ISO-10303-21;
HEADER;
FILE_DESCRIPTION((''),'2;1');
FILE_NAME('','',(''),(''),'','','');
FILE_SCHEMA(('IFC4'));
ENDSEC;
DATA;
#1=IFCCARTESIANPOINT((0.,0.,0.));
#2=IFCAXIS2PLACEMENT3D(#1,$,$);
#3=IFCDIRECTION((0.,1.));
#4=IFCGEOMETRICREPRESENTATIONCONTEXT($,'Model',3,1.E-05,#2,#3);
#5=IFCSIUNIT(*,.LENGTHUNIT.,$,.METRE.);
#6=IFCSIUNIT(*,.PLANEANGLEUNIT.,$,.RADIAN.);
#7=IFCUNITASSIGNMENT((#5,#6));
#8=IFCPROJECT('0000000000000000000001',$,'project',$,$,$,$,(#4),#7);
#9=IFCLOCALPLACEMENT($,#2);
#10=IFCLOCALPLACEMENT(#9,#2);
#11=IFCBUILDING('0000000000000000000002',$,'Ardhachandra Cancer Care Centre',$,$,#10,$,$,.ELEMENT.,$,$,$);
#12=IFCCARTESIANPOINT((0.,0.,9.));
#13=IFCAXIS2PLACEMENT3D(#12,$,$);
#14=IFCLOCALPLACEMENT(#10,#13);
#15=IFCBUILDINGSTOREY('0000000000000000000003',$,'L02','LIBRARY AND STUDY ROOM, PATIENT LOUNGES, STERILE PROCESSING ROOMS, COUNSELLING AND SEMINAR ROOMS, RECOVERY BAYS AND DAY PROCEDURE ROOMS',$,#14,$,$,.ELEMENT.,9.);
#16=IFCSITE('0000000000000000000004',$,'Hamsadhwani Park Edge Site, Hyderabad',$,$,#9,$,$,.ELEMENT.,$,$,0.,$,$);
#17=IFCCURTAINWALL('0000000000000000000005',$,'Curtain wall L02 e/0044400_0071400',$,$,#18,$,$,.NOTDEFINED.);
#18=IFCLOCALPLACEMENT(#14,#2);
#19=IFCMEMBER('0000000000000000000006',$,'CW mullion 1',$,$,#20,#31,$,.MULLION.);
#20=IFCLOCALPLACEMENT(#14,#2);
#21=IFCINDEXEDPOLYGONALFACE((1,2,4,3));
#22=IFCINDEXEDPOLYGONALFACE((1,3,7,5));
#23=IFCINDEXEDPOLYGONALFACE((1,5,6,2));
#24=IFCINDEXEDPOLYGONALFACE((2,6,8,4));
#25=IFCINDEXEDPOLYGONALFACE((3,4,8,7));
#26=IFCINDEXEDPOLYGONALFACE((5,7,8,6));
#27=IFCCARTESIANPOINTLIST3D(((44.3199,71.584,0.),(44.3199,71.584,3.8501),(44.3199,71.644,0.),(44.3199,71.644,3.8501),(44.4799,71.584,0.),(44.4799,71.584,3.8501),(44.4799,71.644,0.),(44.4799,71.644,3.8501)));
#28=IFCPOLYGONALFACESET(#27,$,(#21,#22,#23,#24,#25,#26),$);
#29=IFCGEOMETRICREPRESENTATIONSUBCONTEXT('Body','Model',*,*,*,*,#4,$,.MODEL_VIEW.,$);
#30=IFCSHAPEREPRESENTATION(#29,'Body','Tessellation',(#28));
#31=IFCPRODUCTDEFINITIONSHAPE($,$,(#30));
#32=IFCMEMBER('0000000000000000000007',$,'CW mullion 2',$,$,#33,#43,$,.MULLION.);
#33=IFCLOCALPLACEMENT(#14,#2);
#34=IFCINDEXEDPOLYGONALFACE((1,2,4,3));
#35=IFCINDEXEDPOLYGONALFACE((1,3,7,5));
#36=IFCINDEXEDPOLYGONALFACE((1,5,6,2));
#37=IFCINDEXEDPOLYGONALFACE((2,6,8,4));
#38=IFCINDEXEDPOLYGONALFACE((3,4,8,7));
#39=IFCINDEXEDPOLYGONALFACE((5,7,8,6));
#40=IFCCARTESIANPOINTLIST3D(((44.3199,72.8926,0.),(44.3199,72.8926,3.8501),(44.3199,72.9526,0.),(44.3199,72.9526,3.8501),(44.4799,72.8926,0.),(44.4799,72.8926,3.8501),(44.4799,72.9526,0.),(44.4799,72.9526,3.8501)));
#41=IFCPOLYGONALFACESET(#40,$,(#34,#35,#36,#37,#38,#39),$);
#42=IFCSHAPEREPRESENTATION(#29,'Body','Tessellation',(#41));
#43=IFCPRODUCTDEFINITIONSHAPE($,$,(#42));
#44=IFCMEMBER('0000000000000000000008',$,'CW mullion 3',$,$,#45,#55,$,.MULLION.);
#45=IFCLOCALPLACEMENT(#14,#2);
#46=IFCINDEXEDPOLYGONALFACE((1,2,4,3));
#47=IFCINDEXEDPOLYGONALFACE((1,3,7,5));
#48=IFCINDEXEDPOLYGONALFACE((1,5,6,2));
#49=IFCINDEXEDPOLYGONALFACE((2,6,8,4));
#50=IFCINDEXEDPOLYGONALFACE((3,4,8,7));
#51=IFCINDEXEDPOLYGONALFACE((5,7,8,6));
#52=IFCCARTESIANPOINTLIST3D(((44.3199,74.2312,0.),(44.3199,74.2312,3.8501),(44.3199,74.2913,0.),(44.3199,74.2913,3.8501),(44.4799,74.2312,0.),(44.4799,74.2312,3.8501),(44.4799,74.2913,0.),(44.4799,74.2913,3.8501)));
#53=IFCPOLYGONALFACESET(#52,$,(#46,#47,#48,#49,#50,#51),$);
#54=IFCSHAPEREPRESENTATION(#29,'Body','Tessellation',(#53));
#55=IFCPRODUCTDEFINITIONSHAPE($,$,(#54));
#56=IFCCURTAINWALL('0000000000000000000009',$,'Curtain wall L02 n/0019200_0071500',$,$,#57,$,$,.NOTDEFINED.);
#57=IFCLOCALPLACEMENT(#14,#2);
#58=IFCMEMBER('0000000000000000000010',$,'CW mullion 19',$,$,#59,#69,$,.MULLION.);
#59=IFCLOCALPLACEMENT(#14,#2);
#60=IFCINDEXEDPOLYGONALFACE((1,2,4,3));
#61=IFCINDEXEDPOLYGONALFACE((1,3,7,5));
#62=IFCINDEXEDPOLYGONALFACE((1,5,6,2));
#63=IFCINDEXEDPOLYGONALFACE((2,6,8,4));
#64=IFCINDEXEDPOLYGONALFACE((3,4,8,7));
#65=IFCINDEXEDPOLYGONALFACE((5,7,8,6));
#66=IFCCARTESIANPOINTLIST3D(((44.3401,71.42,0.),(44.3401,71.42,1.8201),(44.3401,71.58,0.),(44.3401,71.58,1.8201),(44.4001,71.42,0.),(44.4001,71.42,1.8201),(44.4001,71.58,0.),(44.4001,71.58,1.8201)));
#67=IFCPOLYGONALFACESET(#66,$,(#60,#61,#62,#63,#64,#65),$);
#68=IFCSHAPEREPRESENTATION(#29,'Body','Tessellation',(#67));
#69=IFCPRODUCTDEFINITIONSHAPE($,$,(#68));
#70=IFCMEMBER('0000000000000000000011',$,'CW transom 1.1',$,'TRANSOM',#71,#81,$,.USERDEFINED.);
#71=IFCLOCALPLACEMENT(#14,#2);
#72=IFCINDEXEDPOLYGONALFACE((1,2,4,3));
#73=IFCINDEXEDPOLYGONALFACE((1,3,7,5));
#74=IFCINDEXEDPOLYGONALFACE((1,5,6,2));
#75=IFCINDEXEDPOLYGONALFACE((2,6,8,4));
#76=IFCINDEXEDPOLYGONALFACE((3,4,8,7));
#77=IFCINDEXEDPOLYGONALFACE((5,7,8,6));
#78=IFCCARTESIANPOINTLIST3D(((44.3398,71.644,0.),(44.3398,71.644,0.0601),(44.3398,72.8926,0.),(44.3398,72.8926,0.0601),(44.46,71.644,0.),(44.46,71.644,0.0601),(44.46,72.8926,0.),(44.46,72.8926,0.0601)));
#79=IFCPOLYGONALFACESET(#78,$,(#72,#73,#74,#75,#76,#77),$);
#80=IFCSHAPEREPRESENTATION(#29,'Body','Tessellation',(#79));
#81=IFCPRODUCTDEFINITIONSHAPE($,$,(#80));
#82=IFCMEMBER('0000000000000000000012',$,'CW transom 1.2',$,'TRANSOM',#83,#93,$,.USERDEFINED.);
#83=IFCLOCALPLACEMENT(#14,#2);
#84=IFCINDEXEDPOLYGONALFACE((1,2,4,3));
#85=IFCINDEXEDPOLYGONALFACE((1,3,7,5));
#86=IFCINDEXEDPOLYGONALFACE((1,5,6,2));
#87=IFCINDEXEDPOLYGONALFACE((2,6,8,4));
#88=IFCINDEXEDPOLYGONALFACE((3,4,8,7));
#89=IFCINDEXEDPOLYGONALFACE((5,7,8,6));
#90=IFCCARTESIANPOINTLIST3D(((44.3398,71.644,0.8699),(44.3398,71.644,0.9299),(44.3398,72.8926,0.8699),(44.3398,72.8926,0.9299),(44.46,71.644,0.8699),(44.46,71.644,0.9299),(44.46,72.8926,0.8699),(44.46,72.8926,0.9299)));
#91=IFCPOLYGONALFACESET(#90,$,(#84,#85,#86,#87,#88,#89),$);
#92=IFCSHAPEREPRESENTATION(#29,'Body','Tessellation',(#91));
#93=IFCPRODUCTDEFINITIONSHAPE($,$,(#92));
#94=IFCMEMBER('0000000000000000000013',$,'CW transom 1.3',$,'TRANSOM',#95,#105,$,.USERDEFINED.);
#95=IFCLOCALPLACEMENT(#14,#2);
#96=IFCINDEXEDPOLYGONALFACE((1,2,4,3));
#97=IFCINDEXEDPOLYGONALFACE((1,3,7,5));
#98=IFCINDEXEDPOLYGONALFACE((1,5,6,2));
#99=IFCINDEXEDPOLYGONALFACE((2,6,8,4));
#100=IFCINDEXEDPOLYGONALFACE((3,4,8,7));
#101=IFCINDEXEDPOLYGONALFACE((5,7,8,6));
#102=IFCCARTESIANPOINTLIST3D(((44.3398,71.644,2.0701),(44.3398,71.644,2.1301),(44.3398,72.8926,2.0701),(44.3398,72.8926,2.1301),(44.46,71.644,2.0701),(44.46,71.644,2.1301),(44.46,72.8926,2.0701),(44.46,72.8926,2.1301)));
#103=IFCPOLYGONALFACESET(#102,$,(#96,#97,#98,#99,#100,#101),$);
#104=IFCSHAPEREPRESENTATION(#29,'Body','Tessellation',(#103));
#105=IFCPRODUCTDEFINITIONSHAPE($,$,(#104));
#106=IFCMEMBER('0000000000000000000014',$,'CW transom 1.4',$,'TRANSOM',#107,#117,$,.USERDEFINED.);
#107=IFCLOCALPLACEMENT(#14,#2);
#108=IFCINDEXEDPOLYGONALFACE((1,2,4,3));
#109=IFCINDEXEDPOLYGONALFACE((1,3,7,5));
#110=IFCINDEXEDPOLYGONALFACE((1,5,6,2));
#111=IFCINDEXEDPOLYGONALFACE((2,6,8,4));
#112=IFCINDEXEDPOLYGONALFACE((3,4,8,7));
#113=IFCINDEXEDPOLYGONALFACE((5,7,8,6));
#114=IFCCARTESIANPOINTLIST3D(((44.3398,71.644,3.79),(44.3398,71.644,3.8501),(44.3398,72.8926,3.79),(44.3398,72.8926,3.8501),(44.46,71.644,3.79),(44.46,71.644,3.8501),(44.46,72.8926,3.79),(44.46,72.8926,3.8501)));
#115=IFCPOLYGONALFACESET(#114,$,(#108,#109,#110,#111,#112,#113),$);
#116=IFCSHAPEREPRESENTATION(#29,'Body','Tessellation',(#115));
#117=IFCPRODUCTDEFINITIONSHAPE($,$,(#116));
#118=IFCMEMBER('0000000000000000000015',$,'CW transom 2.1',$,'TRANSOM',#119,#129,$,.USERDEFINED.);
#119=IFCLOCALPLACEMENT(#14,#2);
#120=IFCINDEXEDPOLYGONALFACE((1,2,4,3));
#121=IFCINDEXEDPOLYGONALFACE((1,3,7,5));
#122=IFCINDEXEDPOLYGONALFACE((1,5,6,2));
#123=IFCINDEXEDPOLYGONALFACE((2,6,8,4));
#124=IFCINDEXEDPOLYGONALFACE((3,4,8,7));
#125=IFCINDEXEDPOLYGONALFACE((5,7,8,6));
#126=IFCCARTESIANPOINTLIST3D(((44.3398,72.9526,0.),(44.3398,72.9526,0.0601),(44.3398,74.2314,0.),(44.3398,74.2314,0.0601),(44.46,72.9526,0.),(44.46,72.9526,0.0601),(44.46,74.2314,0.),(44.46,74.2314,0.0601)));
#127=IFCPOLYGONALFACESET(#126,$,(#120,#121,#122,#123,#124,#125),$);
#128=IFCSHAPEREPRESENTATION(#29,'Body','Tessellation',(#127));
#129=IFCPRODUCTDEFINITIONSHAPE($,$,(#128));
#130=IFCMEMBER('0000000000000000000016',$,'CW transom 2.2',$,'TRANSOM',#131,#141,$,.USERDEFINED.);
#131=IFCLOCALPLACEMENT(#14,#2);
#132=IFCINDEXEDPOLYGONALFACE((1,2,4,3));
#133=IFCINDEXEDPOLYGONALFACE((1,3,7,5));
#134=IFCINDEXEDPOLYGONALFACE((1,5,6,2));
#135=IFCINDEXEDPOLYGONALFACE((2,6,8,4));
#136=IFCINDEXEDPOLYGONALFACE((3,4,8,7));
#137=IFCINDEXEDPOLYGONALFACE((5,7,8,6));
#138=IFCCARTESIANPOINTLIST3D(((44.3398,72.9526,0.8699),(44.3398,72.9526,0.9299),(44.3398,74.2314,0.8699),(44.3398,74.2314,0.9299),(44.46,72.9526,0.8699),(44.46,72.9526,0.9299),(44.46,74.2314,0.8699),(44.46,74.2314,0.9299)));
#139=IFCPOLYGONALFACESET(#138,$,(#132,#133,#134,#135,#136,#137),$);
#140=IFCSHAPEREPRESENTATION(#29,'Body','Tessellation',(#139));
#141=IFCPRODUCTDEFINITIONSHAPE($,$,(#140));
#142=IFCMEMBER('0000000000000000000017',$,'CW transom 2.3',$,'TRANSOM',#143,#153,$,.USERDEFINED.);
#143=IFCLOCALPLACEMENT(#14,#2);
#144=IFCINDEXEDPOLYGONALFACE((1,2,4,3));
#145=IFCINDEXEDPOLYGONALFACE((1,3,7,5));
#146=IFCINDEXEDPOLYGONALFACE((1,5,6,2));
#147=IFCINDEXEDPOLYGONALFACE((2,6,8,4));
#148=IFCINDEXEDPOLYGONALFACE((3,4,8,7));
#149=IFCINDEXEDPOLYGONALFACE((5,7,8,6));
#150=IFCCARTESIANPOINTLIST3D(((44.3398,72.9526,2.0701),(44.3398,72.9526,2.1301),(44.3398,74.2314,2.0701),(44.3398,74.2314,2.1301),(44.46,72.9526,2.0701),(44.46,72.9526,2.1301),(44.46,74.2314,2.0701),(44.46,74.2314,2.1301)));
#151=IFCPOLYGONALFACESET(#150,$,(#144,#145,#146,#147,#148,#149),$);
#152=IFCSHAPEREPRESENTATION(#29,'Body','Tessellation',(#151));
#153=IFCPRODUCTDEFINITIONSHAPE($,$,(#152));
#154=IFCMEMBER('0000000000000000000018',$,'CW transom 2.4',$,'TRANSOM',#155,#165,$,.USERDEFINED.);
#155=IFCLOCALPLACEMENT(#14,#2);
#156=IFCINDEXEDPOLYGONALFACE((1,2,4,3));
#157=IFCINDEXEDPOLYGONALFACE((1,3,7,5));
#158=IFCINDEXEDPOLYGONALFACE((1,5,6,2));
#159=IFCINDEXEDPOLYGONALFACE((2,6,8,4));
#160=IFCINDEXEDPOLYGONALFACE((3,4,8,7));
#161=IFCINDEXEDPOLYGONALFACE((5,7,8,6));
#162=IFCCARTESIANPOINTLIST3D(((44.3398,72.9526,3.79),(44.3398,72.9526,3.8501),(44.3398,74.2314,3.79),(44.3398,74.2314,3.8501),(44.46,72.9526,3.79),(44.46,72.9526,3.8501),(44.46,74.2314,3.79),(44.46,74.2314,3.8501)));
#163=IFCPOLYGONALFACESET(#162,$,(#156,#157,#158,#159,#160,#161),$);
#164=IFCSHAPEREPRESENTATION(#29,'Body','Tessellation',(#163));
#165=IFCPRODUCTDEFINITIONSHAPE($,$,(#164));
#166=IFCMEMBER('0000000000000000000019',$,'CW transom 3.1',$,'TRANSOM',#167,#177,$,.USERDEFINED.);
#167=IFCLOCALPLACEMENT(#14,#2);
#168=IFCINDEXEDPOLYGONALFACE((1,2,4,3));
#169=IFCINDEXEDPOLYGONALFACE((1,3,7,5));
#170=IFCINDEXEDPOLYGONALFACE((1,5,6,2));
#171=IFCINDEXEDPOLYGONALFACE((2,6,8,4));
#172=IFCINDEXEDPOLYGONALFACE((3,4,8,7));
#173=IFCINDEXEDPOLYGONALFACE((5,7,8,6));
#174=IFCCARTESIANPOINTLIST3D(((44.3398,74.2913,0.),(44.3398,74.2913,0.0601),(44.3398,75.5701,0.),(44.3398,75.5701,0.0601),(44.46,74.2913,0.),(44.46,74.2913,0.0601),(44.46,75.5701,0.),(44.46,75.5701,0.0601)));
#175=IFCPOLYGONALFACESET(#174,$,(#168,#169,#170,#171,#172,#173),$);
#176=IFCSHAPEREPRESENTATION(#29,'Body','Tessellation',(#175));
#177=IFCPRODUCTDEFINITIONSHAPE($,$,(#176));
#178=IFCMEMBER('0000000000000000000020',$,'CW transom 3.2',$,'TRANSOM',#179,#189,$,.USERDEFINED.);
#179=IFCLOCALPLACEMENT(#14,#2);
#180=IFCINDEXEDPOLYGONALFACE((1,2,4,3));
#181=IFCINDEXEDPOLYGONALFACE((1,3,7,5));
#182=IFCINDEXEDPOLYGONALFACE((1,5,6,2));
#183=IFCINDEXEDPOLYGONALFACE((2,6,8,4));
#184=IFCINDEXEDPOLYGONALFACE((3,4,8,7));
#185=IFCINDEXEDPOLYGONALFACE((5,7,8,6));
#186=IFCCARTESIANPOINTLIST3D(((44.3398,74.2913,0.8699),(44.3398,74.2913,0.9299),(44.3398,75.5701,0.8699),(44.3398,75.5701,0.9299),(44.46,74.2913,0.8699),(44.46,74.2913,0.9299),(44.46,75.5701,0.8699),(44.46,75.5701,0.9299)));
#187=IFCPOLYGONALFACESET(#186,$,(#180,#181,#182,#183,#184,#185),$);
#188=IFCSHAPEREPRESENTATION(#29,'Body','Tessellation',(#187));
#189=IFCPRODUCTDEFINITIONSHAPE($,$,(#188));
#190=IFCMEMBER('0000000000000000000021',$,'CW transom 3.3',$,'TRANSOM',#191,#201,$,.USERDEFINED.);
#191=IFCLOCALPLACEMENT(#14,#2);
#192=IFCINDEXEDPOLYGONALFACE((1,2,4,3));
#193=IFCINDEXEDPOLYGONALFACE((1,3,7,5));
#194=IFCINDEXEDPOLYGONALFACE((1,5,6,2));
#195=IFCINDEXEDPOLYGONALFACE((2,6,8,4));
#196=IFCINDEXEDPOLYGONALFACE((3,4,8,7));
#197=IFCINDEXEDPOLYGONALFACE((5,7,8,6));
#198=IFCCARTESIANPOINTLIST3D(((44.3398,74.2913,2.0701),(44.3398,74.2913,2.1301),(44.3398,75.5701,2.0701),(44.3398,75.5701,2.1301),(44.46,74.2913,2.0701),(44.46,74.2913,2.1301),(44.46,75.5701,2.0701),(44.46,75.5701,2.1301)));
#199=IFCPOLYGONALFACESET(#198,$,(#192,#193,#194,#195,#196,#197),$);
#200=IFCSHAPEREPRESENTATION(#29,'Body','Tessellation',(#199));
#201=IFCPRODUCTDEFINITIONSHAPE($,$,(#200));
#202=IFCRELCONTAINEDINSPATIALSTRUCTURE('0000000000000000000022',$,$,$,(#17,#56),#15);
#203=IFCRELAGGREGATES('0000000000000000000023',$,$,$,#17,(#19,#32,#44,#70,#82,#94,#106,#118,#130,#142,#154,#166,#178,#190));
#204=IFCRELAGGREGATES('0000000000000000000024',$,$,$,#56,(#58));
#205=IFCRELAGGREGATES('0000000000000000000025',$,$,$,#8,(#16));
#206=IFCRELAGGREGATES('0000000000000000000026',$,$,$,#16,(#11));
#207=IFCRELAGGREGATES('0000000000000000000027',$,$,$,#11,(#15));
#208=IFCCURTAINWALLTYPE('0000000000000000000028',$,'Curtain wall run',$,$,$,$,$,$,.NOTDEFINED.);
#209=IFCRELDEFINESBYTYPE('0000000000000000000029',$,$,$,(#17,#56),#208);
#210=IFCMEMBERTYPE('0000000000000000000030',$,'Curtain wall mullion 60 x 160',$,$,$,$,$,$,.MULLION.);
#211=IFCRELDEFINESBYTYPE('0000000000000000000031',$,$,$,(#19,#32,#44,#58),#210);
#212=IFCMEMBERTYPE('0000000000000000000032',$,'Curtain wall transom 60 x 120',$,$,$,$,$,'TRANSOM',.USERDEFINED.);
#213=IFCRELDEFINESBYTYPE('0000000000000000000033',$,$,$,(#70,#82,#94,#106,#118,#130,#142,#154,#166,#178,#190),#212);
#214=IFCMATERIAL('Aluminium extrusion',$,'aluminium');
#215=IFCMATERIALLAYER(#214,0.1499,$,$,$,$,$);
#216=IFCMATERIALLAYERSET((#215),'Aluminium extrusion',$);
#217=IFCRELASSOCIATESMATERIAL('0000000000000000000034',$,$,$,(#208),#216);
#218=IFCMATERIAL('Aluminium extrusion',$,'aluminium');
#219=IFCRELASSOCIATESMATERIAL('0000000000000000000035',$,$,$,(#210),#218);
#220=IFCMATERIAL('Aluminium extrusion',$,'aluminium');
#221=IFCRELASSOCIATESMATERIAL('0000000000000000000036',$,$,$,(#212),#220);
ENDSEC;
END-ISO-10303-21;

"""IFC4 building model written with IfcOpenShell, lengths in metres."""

from ifc_helpers import new_model, si_unit, direction, frame, origin, origin_2d, place, context, subcontext, project, spatial, rectangle, extrude, material, layer, layer_set, material_profile, profile_set, type_object, element, aggregate, save


model = new_model("IFC4")

# Units and contexts
model_context = context("Model", 3, precision=1e-05, world=origin(), true_north=direction((0.0, 1.0)))
body_context = subcontext(model_context, "Body", "Model", "MODEL_VIEW")
ifc_project = project(units=[si_unit("LENGTHUNIT", "METRE"), si_unit("PLANEANGLEUNIT", "RADIAN")], contexts=[model_context])

# Site, building, storey
site_placement = place(None, origin())
site = spatial("IfcSite", under=ifc_project, at=site_placement, Name="Hamsadhwani Park Edge Site, Hyderabad", CompositionType="ELEMENT", RefElevation=0.0)
building_placement = place(site_placement, origin())
building = spatial("IfcBuilding", under=site, at=building_placement, Name="Ardhachandra Cancer Care Centre", CompositionType="ELEMENT")
storey_placement = place(building_placement, frame((0.0, 0.0, 9.0)))
storey = spatial("IfcBuildingStorey", under=building, at=storey_placement, Name="L02", Description="LIBRARY AND STUDY ROOM, PATIENT LOUNGES, STERILE PROCESSING ROOMS, COUNSELLING AND SEMINAR ROOMS, RECOVERY BAYS AND DAY PROCEDURE ROOMS", CompositionType="ELEMENT", Elevation=9.0)

# Curtain wall, members
ifc_material_1 = material(Name="Aluminium extrusion", Category="aluminium")
ifc_layer_1 = layer(ifc_material_1, 0.1499)
ifc_layer_set_1 = layer_set([ifc_layer_1], Name="Aluminium extrusion")
curtain_wall_type = type_object("IfcCurtainWallType", Name="Curtain wall run", PredefinedType="NOTDEFINED", material=ifc_layer_set_1)
curtain_wall_1_placement = place(storey_placement, origin())
curtain_wall_1 = element("IfcCurtainWall", 1, at=curtain_wall_1_placement, inside=storey, type_object=curtain_wall_type, Name="Curtain wall L02 e/0044400_0071400", PredefinedType="NOTDEFINED")
ifc_material_2 = material(Name="Aluminium extrusion", Category="aluminium")
ifc_material_profile_1 = material_profile(ifc_material_2, rectangle(XDim=0.1599, YDim=0.0601, at=origin_2d()), Name="Curtain wall mullion 60 x 160")
ifc_profile_set_1 = profile_set([ifc_material_profile_1], Name="Aluminium extrusion")
member_type_1 = type_object("IfcMemberType", Name="Curtain wall mullion 60 x 160", PredefinedType="MULLION", material=ifc_profile_set_1)
member_1_placement = place(storey_placement, frame((44.3999, 71.614, 0.0), z_axis=(0.0, 0.0, 1.0), x_axis=(-1.0, 0.0, 0.0)))
member_1 = element("IfcMember", 2, at=member_1_placement, type_object=member_type_1, Name="CW mullion 1", PredefinedType="MULLION", context=body_context, shape_type="SweptSolid", body=[
    extrude(rectangle(XDim=0.1599, YDim=0.0601, at=origin_2d()), origin(), (0.0, 0.0, 1.0), 3.8501),
])
member_2_placement = place(storey_placement, frame((44.3999, 72.9226, 0.0), z_axis=(0.0, 0.0, 1.0), x_axis=(-1.0, 0.0, 0.0)))
member_2 = element("IfcMember", 3, at=member_2_placement, type_object=member_type_1, Name="CW mullion 2", PredefinedType="MULLION", context=body_context, shape_type="SweptSolid", body=[
    extrude(rectangle(XDim=0.1599, YDim=0.0601, at=origin_2d()), origin(), (0.0, 0.0, 1.0), 3.8501),
])
member_3_placement = place(storey_placement, frame((44.3999, 74.2612, 0.0), z_axis=(0.0, 0.0, 1.0), x_axis=(-1.0, 0.0, 0.0)))
member_3 = element("IfcMember", 4, at=member_3_placement, type_object=member_type_1, Name="CW mullion 3", PredefinedType="MULLION", context=body_context, shape_type="SweptSolid", body=[
    extrude(rectangle(XDim=0.1599, YDim=0.0601, at=origin_2d()), origin(), (0.0, 0.0, 1.0), 3.8501),
])

# Curtain wall, member
curtain_wall_2_placement = place(storey_placement, origin())
curtain_wall_2 = element("IfcCurtainWall", 5, at=curtain_wall_2_placement, inside=storey, type_object=curtain_wall_type, Name="Curtain wall L02 n/0019200_0071500", PredefinedType="NOTDEFINED")
member_4_placement = place(storey_placement, frame((44.3701, 71.5, 0.0), z_axis=(0.0, 0.0, 1.0), x_axis=(0.0, 1.0, 0.0)))
member_4 = element("IfcMember", 6, at=member_4_placement, type_object=member_type_1, Name="CW mullion 19", PredefinedType="MULLION", context=body_context, shape_type="SweptSolid", body=[
    extrude(rectangle(XDim=0.1599, YDim=0.0601, at=origin_2d()), origin(), (0.0, 0.0, 1.0), 1.8201),
])

# Members
ifc_material_3 = material(Name="Aluminium extrusion", Category="aluminium")
ifc_material_profile_2 = material_profile(ifc_material_3, rectangle(XDim=0.1201, YDim=0.0601, at=origin_2d()), Name="Curtain wall transom 60 x 120")
ifc_profile_set_2 = profile_set([ifc_material_profile_2], Name="Aluminium extrusion")
member_type_2 = type_object("IfcMemberType", Name="Curtain wall transom 60 x 120", ElementType="TRANSOM", PredefinedType="USERDEFINED", material=ifc_profile_set_2)
member_5_placement = place(storey_placement, frame((44.3999, 71.644, 0.03), z_axis=(0.0, 1.0, 0.0), x_axis=(-1.0, 0.0, 0.0)))
member_5 = element("IfcMember", 7, at=member_5_placement, type_object=member_type_2, Name="CW transom 1.1", ObjectType="TRANSOM", PredefinedType="USERDEFINED", context=body_context, shape_type="SweptSolid", body=[
    extrude(rectangle(XDim=0.1201, YDim=0.0601, at=origin_2d()), origin(), (0.0, 0.0, 1.0), 1.2485),
])
member_6_placement = place(storey_placement, frame((44.3999, 71.644, 0.8999), z_axis=(0.0, 1.0, 0.0), x_axis=(-1.0, 0.0, 0.0)))
member_6 = element("IfcMember", 8, at=member_6_placement, type_object=member_type_2, Name="CW transom 1.2", ObjectType="TRANSOM", PredefinedType="USERDEFINED", context=body_context, shape_type="SweptSolid", body=[
    extrude(rectangle(XDim=0.1201, YDim=0.0601, at=origin_2d()), origin(), (0.0, 0.0, 1.0), 1.2485),
])
member_7_placement = place(storey_placement, frame((44.3999, 71.644, 2.1001), z_axis=(0.0, 1.0, 0.0), x_axis=(-1.0, 0.0, 0.0)))
member_7 = element("IfcMember", 9, at=member_7_placement, type_object=member_type_2, Name="CW transom 1.3", ObjectType="TRANSOM", PredefinedType="USERDEFINED", context=body_context, shape_type="SweptSolid", body=[
    extrude(rectangle(XDim=0.1201, YDim=0.0601, at=origin_2d()), origin(), (0.0, 0.0, 1.0), 1.2485),
])
member_8_placement = place(storey_placement, frame((44.3999, 71.644, 3.8201), z_axis=(0.0, 1.0, 0.0), x_axis=(-1.0, 0.0, 0.0)))
member_8 = element("IfcMember", 10, at=member_8_placement, type_object=member_type_2, Name="CW transom 1.4", ObjectType="TRANSOM", PredefinedType="USERDEFINED", context=body_context, shape_type="SweptSolid", body=[
    extrude(rectangle(XDim=0.1201, YDim=0.0601, at=origin_2d()), origin(), (0.0, 0.0, 1.0), 1.2485),
])
member_9_placement = place(storey_placement, frame((44.3999, 72.9526, 0.03), z_axis=(0.0, 1.0, 0.0), x_axis=(-1.0, 0.0, 0.0)))
member_9 = element("IfcMember", 11, at=member_9_placement, type_object=member_type_2, Name="CW transom 2.1", ObjectType="TRANSOM", PredefinedType="USERDEFINED", context=body_context, shape_type="SweptSolid", body=[
    extrude(rectangle(XDim=0.1201, YDim=0.0601, at=origin_2d()), origin(), (0.0, 0.0, 1.0), 1.2788),
])
member_10_placement = place(storey_placement, frame((44.3999, 72.9526, 0.8999), z_axis=(0.0, 1.0, 0.0), x_axis=(-1.0, 0.0, 0.0)))
member_10 = element("IfcMember", 12, at=member_10_placement, type_object=member_type_2, Name="CW transom 2.2", ObjectType="TRANSOM", PredefinedType="USERDEFINED", context=body_context, shape_type="SweptSolid", body=[
    extrude(rectangle(XDim=0.1201, YDim=0.0601, at=origin_2d()), origin(), (0.0, 0.0, 1.0), 1.2788),
])
member_11_placement = place(storey_placement, frame((44.3999, 72.9526, 2.1001), z_axis=(0.0, 1.0, 0.0), x_axis=(-1.0, 0.0, 0.0)))
member_11 = element("IfcMember", 13, at=member_11_placement, type_object=member_type_2, Name="CW transom 2.3", ObjectType="TRANSOM", PredefinedType="USERDEFINED", context=body_context, shape_type="SweptSolid", body=[
    extrude(rectangle(XDim=0.1201, YDim=0.0601, at=origin_2d()), origin(), (0.0, 0.0, 1.0), 1.2788),
])
member_12_placement = place(storey_placement, frame((44.3999, 72.9526, 3.8201), z_axis=(0.0, 1.0, 0.0), x_axis=(-1.0, 0.0, 0.0)))
member_12 = element("IfcMember", 14, at=member_12_placement, type_object=member_type_2, Name="CW transom 2.4", ObjectType="TRANSOM", PredefinedType="USERDEFINED", context=body_context, shape_type="SweptSolid", body=[
    extrude(rectangle(XDim=0.1201, YDim=0.0601, at=origin_2d()), origin(), (0.0, 0.0, 1.0), 1.2788),
])
member_13_placement = place(storey_placement, frame((44.3999, 74.2913, 0.03), z_axis=(0.0, 1.0, 0.0), x_axis=(-1.0, 0.0, 0.0)))
member_13 = element("IfcMember", 15, at=member_13_placement, type_object=member_type_2, Name="CW transom 3.1", ObjectType="TRANSOM", PredefinedType="USERDEFINED", context=body_context, shape_type="SweptSolid", body=[
    extrude(rectangle(XDim=0.1201, YDim=0.0601, at=origin_2d()), origin(), (0.0, 0.0, 1.0), 1.2788),
])
member_14_placement = place(storey_placement, frame((44.3999, 74.2913, 0.8999), z_axis=(0.0, 1.0, 0.0), x_axis=(-1.0, 0.0, 0.0)))
member_14 = element("IfcMember", 16, at=member_14_placement, type_object=member_type_2, Name="CW transom 3.2", ObjectType="TRANSOM", PredefinedType="USERDEFINED", context=body_context, shape_type="SweptSolid", body=[
    extrude(rectangle(XDim=0.1201, YDim=0.0601, at=origin_2d()), origin(), (0.0, 0.0, 1.0), 1.2788),
])
member_15_placement = place(storey_placement, frame((44.3999, 74.2913, 2.1001), z_axis=(0.0, 1.0, 0.0), x_axis=(-1.0, 0.0, 0.0)))
member_15 = element("IfcMember", 17, at=member_15_placement, type_object=member_type_2, Name="CW transom 3.3", ObjectType="TRANSOM", PredefinedType="USERDEFINED", context=body_context, shape_type="SweptSolid", body=[
    extrude(rectangle(XDim=0.1201, YDim=0.0601, at=origin_2d()), origin(), (0.0, 0.0, 1.0), 1.2788),
])

aggregate(curtain_wall_1, [member_1, member_2, member_3, member_5, member_6, member_7, member_8, member_9, member_10, member_11, member_12, member_13, member_14, member_15])
aggregate(curtain_wall_2, [member_4])

save(model, "model.ifc")
